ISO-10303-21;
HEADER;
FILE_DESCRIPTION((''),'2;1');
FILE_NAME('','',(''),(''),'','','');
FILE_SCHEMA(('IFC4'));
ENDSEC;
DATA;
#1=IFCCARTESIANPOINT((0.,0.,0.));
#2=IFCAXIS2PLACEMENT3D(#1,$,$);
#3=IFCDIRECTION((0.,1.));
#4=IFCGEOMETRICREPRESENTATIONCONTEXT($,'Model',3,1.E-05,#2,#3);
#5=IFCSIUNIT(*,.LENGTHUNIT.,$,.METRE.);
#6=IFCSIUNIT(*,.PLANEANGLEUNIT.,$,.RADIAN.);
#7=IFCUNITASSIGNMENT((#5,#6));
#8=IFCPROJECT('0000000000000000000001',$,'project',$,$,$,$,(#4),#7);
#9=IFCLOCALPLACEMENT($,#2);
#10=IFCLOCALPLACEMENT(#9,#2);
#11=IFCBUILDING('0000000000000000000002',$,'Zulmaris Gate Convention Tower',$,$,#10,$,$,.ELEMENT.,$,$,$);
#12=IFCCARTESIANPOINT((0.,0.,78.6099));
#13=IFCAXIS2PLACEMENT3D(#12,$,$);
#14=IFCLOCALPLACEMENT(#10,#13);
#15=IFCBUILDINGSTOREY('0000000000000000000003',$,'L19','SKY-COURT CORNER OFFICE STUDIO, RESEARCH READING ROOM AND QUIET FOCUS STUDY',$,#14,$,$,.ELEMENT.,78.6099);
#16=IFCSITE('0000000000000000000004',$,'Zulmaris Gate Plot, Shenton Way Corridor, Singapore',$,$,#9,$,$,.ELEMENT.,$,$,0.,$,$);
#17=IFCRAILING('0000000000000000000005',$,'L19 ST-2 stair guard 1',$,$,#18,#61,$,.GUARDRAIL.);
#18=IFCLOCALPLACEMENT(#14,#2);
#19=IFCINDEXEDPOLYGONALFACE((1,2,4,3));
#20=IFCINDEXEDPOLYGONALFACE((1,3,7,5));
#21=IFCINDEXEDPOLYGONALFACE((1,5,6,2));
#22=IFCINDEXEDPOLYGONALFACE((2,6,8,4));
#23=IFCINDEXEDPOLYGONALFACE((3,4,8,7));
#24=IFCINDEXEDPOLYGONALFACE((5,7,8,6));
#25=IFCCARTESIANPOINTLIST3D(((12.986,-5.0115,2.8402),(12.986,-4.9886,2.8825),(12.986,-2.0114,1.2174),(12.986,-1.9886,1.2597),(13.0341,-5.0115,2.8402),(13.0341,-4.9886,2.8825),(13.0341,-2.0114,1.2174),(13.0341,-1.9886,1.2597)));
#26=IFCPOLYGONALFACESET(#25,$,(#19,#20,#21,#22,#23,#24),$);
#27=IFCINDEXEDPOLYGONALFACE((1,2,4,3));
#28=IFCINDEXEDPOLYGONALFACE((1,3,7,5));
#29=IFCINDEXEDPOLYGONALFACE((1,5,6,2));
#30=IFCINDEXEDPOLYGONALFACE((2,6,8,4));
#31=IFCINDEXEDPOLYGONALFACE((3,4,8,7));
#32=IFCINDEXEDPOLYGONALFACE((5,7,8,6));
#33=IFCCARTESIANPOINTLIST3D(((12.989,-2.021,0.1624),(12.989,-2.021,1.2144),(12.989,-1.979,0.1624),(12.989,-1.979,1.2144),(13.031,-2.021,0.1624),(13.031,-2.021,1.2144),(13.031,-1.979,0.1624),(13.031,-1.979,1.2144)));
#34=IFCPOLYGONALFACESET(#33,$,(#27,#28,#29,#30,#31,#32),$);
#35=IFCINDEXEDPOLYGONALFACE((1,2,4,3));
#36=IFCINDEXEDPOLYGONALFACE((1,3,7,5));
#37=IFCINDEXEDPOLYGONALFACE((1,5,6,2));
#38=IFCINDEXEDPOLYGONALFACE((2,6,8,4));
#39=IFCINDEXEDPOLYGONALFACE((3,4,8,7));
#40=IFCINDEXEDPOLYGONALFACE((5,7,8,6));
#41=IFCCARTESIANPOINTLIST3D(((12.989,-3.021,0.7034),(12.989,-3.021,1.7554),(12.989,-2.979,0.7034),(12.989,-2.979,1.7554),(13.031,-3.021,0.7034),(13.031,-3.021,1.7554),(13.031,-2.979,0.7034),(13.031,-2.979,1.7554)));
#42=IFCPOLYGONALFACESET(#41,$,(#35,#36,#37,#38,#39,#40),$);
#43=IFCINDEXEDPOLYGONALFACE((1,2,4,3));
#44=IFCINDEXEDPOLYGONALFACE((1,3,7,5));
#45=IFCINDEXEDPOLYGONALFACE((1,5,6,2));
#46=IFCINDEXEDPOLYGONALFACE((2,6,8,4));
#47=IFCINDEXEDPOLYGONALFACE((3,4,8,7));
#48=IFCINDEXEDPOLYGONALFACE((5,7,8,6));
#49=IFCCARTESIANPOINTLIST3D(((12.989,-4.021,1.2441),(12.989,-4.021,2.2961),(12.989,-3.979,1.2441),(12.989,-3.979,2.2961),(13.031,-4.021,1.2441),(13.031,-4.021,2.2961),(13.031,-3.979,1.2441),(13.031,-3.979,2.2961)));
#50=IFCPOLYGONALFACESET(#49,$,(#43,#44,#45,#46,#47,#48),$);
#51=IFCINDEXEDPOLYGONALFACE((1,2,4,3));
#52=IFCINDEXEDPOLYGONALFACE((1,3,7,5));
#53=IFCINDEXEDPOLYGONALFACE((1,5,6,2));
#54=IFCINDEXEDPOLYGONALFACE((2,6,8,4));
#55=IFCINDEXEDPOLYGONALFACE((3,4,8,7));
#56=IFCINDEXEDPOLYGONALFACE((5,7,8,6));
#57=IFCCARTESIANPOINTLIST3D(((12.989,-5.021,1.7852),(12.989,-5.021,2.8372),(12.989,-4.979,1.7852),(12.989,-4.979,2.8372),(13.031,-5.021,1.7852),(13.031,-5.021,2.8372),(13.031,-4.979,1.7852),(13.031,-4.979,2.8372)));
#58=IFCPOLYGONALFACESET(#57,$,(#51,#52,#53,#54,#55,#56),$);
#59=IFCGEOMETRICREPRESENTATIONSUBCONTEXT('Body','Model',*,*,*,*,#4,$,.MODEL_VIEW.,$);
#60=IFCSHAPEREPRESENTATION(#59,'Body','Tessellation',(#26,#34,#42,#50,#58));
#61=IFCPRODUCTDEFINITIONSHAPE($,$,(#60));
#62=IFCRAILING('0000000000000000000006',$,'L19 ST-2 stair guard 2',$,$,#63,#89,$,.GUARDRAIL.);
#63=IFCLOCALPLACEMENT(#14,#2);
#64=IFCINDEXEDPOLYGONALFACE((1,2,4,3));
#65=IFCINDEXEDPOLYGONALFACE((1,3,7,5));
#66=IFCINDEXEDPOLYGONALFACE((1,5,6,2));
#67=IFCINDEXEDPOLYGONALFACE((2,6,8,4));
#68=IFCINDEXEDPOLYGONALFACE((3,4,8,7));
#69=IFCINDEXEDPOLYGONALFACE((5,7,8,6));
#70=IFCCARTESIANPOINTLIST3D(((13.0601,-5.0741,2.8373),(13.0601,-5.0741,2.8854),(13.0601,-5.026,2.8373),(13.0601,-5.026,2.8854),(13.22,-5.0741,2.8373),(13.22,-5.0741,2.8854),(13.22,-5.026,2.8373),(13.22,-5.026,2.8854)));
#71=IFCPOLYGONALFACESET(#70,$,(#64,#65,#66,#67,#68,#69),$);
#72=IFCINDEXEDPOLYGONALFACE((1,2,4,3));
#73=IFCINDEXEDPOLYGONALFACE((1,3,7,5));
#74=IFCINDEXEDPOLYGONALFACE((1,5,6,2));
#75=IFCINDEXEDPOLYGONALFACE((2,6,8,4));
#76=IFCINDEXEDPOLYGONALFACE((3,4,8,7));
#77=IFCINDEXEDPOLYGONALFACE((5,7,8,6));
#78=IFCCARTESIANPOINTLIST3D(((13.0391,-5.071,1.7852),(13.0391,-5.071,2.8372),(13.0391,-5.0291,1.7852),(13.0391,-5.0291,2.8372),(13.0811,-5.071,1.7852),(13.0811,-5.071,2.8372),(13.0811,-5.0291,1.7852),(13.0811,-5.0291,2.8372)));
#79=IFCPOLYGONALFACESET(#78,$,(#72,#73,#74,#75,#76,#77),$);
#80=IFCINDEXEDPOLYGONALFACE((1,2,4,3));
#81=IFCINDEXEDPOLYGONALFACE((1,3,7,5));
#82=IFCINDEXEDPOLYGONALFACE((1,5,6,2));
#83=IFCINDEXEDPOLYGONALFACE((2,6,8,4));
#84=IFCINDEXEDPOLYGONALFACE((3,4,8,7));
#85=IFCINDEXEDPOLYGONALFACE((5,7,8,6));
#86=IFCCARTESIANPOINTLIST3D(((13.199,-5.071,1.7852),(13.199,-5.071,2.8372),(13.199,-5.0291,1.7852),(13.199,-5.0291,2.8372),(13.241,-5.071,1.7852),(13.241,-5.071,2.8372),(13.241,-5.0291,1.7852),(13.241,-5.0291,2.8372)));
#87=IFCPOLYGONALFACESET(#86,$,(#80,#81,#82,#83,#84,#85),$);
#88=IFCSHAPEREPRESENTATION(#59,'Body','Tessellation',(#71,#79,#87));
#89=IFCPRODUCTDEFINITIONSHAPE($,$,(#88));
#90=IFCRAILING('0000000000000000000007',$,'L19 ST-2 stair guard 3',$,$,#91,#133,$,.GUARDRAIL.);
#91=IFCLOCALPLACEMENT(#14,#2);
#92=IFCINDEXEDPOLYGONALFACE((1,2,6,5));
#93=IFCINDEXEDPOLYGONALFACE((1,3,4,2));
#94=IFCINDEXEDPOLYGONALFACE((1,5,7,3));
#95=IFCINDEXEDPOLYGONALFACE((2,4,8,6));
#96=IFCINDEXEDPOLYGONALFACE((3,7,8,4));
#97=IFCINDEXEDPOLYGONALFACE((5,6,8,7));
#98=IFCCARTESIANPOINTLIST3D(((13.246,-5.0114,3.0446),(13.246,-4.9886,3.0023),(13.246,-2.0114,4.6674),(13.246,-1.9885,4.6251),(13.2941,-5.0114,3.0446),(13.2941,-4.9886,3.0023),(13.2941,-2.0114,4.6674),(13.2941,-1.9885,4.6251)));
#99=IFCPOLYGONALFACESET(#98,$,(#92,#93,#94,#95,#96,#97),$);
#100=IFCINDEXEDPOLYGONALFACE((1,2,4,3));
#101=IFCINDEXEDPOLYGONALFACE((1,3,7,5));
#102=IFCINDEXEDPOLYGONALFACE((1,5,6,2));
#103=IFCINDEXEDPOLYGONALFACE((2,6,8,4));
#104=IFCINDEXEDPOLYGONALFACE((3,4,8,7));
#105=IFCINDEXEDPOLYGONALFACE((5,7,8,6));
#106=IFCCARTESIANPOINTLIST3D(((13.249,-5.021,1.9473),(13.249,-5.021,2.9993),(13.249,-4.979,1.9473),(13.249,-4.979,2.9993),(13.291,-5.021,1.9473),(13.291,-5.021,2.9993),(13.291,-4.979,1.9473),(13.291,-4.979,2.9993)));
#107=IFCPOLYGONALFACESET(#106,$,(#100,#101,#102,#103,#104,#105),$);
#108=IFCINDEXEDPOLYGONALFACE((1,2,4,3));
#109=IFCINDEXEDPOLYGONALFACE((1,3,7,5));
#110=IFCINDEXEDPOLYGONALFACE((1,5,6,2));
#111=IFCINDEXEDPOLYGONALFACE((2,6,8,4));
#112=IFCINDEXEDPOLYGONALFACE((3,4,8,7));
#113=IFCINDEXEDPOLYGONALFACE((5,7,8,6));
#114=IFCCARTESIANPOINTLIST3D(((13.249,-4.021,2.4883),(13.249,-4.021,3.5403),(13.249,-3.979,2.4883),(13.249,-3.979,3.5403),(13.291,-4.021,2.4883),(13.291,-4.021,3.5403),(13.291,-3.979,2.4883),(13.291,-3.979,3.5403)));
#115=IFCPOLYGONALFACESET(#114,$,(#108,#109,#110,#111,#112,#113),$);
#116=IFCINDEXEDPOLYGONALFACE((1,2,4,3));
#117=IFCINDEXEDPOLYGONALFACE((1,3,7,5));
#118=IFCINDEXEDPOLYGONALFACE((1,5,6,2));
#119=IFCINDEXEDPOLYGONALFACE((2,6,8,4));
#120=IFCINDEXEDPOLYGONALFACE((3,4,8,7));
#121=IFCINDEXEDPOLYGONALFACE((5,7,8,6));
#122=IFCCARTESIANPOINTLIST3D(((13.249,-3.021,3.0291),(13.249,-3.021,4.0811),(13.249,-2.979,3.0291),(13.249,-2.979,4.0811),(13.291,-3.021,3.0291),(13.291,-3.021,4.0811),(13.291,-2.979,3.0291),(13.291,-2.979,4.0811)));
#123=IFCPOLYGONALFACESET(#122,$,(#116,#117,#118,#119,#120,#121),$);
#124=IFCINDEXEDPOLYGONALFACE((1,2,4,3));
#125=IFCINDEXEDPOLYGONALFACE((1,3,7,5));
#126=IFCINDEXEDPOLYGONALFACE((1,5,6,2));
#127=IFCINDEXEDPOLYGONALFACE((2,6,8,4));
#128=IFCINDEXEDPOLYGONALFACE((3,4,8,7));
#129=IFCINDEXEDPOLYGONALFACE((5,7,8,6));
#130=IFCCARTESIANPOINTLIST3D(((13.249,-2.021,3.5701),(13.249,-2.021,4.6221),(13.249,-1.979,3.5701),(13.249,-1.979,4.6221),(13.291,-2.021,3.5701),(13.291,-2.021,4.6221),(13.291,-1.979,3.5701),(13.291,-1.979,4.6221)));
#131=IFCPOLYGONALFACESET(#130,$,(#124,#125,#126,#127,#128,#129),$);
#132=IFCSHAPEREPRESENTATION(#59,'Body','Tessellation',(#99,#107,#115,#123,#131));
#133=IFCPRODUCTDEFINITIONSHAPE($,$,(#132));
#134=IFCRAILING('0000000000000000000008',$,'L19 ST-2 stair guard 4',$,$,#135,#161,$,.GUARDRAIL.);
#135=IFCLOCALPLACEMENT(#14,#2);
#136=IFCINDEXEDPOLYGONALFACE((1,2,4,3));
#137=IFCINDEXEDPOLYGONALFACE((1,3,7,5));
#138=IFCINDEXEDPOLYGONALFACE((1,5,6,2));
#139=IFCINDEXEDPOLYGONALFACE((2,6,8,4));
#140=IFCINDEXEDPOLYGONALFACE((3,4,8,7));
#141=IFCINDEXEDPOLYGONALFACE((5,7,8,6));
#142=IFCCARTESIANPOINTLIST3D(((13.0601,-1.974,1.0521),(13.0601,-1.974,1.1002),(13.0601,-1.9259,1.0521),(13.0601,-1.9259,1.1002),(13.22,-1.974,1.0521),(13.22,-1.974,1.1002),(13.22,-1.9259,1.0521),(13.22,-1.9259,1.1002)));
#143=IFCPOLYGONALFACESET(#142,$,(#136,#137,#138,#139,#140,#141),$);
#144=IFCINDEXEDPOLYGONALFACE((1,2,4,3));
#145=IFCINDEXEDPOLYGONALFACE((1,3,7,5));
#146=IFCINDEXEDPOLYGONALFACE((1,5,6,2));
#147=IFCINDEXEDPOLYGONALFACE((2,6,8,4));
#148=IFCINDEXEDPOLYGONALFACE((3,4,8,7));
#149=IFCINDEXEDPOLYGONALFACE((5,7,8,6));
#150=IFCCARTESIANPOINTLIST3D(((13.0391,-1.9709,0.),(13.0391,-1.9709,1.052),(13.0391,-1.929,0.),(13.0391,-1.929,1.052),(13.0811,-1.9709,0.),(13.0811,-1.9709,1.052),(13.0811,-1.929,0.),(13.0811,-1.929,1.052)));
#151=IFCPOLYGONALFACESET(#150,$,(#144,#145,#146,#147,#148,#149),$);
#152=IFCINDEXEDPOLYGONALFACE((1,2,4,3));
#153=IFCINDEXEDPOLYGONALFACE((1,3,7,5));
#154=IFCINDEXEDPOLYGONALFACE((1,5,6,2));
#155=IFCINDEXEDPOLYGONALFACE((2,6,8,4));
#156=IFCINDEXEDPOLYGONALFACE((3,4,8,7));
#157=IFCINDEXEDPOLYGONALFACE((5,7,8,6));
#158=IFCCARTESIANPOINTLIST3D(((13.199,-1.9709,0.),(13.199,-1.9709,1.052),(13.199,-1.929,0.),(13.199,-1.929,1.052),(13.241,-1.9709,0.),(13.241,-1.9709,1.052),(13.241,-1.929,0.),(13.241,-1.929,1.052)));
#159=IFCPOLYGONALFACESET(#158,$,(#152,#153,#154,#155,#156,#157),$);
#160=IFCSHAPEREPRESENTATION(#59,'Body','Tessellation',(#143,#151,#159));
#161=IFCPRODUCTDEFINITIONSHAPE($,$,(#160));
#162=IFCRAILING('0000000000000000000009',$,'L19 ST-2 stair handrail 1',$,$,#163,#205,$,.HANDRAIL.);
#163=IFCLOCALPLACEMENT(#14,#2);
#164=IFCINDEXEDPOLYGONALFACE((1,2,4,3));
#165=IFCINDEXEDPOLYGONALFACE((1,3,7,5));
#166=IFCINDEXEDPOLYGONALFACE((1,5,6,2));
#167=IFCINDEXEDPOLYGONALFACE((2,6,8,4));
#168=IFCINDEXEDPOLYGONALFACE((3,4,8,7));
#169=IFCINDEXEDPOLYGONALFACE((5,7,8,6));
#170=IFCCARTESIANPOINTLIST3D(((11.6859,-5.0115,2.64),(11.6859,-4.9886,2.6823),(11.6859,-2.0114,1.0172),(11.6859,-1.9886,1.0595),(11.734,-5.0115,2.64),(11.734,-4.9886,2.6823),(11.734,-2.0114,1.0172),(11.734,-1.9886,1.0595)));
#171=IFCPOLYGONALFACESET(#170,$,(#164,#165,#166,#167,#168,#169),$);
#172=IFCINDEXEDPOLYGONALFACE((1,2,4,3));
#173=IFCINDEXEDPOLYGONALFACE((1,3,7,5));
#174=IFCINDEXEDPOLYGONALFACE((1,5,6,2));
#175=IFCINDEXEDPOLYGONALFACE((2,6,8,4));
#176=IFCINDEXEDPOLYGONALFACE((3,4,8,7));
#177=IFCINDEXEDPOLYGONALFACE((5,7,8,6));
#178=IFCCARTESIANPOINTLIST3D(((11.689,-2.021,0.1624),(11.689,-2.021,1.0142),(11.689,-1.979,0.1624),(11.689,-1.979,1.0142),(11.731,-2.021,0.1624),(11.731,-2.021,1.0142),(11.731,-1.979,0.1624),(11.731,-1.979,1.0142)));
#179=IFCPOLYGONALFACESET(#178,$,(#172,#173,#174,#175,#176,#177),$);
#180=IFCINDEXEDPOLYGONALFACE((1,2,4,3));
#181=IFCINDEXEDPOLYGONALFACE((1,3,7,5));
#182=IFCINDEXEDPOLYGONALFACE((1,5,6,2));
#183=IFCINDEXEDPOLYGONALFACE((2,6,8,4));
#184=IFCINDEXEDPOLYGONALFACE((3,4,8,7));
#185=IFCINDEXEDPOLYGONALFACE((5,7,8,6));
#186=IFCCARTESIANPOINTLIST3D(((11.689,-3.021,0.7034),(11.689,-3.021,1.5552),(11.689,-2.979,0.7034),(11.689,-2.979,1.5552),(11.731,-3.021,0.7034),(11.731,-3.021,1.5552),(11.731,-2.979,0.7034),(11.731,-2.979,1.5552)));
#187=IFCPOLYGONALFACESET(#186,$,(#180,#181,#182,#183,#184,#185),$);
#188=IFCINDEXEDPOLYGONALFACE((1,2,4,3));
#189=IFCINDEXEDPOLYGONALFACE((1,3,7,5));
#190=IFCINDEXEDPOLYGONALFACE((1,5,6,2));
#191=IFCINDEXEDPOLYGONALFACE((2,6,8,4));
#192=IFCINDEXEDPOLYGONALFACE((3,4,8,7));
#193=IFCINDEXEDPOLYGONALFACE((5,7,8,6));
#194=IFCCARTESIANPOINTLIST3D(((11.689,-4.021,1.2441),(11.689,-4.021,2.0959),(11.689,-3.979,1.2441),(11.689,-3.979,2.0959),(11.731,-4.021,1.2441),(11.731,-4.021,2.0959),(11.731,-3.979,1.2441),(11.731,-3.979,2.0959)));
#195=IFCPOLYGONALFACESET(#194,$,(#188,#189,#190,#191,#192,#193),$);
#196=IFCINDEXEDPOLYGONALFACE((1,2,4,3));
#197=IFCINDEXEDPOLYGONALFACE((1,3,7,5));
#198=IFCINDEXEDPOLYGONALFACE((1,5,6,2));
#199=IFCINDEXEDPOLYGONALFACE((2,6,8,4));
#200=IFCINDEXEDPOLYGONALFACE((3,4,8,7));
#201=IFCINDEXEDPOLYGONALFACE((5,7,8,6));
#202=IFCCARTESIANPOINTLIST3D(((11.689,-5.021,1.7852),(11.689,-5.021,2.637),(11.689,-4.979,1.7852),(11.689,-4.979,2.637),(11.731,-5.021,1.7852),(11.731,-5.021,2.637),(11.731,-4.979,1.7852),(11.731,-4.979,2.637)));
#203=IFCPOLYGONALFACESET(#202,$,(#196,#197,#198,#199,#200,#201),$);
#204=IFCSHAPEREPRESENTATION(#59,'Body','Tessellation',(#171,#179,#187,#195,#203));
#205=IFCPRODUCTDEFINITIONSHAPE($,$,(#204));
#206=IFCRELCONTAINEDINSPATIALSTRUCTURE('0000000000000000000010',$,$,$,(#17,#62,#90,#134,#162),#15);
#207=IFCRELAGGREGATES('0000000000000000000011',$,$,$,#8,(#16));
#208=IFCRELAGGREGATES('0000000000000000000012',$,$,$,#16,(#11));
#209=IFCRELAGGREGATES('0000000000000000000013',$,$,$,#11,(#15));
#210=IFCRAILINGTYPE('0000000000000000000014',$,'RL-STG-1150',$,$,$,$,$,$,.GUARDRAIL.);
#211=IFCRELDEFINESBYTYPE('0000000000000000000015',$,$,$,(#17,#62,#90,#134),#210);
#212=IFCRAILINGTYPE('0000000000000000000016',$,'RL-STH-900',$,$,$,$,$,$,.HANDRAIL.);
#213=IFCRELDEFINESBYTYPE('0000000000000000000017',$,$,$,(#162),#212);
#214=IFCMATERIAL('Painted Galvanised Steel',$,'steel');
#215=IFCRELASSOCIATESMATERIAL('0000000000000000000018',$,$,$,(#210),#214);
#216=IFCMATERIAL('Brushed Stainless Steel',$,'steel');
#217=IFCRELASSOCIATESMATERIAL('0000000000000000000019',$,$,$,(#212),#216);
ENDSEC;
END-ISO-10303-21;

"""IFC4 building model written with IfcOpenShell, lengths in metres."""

from ifc_helpers import new_model, si_unit, direction, frame, origin, origin_2d, place, context, subcontext, project, spatial, rectangle, extrude, material, type_object, element, save


model = new_model("IFC4")

# Units and contexts
model_context = context("Model", 3, precision=1e-05, world=origin(), true_north=direction((0.0, 1.0)))
body_context = subcontext(model_context, "Body", "Model", "MODEL_VIEW")
ifc_project = project(units=[si_unit("LENGTHUNIT", "METRE"), si_unit("PLANEANGLEUNIT", "RADIAN")], contexts=[model_context])

# Site, building, storey
site_placement = place(None, origin())
site = spatial("IfcSite", under=ifc_project, at=site_placement, Name="Zulmaris Gate Plot, Shenton Way Corridor, Singapore", CompositionType="ELEMENT", RefElevation=0.0)
building_placement = place(site_placement, origin())
building = spatial("IfcBuilding", under=site, at=building_placement, Name="Zulmaris Gate Convention Tower", CompositionType="ELEMENT")
storey_placement = place(building_placement, frame((0.0, 0.0, 78.6099)))
storey = spatial("IfcBuildingStorey", under=building, at=storey_placement, Name="L19", Description="SKY-COURT CORNER OFFICE STUDIO, RESEARCH READING ROOM AND QUIET FOCUS STUDY", CompositionType="ELEMENT", Elevation=78.6099)

# Railings
ifc_material_1 = material(Name="Painted Galvanised Steel", Category="steel")
railing_type_1 = type_object("IfcRailingType", Name="RL-STG-1150", PredefinedType="GUARDRAIL", material=ifc_material_1)
railing_1_placement = place(storey_placement, frame((13.01, -2.0, 0.1624)))
element("IfcRailing", 1, at=railing_1_placement, inside=storey, type_object=railing_type_1, Name="L19 ST-2 stair guard 1", PredefinedType="GUARDRAIL", context=body_context, shape_type="SweptSolid", body=[
    extrude(rectangle(XDim=0.0481, YDim=0.0481, at=origin_2d()), frame((0.0, 0.0, 1.0762), z_axis=(0.0, -0.879562, 0.475785), x_axis=(1.0, 0.0, 0.0)), (0.0, 0.0, 1.0), 3.4109),
    extrude(rectangle(XDim=0.042, YDim=0.042, at=origin_2d()), origin(), (0.0, 0.0, 1.0), 1.052),
    extrude(rectangle(XDim=0.042, YDim=0.042, at=origin_2d()), frame((0.0, -1.0, 0.541)), (0.0, 0.0, 1.0), 1.052),
    extrude(rectangle(XDim=0.042, YDim=0.042, at=origin_2d()), frame((0.0, -2.0, 1.0818)), (0.0, 0.0, 1.0), 1.052),
    extrude(rectangle(XDim=0.042, YDim=0.042, at=origin_2d()), frame((0.0, -3.0, 1.6228)), (0.0, 0.0, 1.0), 1.052),
])
railing_2_placement = place(storey_placement, frame((13.0601, -5.05, 1.7852)))
element("IfcRailing", 2, at=railing_2_placement, inside=storey, type_object=railing_type_1, Name="L19 ST-2 stair guard 2", PredefinedType="GUARDRAIL", context=body_context, shape_type="SweptSolid", body=[
    extrude(rectangle(XDim=0.0481, YDim=0.0481, at=origin_2d()), frame((0.0, 0.0, 1.0762), z_axis=(1.0, 0.0, 0.0), x_axis=(0.0, 1.0, 0.0)), (0.0, 0.0, 1.0), 0.1599),
    extrude(rectangle(XDim=0.042, YDim=0.042, at=origin_2d()), origin(), (0.0, 0.0, 1.0), 1.052),
    extrude(rectangle(XDim=0.042, YDim=0.042, at=origin_2d()), frame((0.1599, 0.0, 0.0)), (0.0, 0.0, 1.0), 1.052),
])
railing_3_placement = place(storey_placement, frame((13.27, -5.0, 1.9473)))
element("IfcRailing", 3, at=railing_3_placement, inside=storey, type_object=railing_type_1, Name="L19 ST-2 stair guard 3", PredefinedType="GUARDRAIL", context=body_context, shape_type="SweptSolid", body=[
    extrude(rectangle(XDim=0.0481, YDim=0.0481, at=origin_2d()), frame((0.0, 0.0, 1.0762), z_axis=(0.0, 0.879562, 0.475785), x_axis=(-1.0, 0.0, 0.0)), (0.0, 0.0, 1.0), 3.4109),
    extrude(rectangle(XDim=0.042, YDim=0.042, at=origin_2d()), origin(), (0.0, 0.0, 1.0), 1.052),
    extrude(rectangle(XDim=0.042, YDim=0.042, at=origin_2d()), frame((0.0, 1.0, 0.541)), (0.0, 0.0, 1.0), 1.052),
    extrude(rectangle(XDim=0.042, YDim=0.042, at=origin_2d()), frame((0.0, 2.0, 1.0818)), (0.0, 0.0, 1.0), 1.052),
    extrude(rectangle(XDim=0.042, YDim=0.042, at=origin_2d()), frame((0.0, 3.0, 1.6228)), (0.0, 0.0, 1.0), 1.052),
])
railing_4_placement = place(storey_placement, frame((13.0601, -1.95, 0.0)))
element("IfcRailing", 4, at=railing_4_placement, inside=storey, type_object=railing_type_1, Name="L19 ST-2 stair guard 4", PredefinedType="GUARDRAIL", context=body_context, shape_type="SweptSolid", body=[
    extrude(rectangle(XDim=0.0481, YDim=0.0481, at=origin_2d()), frame((0.0, 0.0, 1.0762), z_axis=(1.0, 0.0, 0.0), x_axis=(0.0, 1.0, 0.0)), (0.0, 0.0, 1.0), 0.1599),
    extrude(rectangle(XDim=0.042, YDim=0.042, at=origin_2d()), origin(), (0.0, 0.0, 1.0), 1.052),
    extrude(rectangle(XDim=0.042, YDim=0.042, at=origin_2d()), frame((0.1599, 0.0, 0.0)), (0.0, 0.0, 1.0), 1.052),
])
ifc_material_2 = material(Name="Brushed Stainless Steel", Category="steel")
railing_type_2 = type_object("IfcRailingType", Name="RL-STH-900", PredefinedType="HANDRAIL", material=ifc_material_2)
railing_5_placement = place(storey_placement, frame((11.71, -2.0, 0.1624)))
element("IfcRailing", 5, at=railing_5_placement, inside=storey, type_object=railing_type_2, Name="L19 ST-2 stair handrail 1", PredefinedType="HANDRAIL", context=body_context, shape_type="SweptSolid", body=[
    extrude(rectangle(XDim=0.0481, YDim=0.0481, at=origin_2d()), frame((0.0, 0.0, 0.876), z_axis=(0.0, -0.879562, 0.475785), x_axis=(1.0, 0.0, 0.0)), (0.0, 0.0, 1.0), 3.4109),
    extrude(rectangle(XDim=0.042, YDim=0.042, at=origin_2d()), origin(), (0.0, 0.0, 1.0), 0.8518),
    extrude(rectangle(XDim=0.042, YDim=0.042, at=origin_2d()), frame((0.0, -1.0, 0.541)), (0.0, 0.0, 1.0), 0.8518),
    extrude(rectangle(XDim=0.042, YDim=0.042, at=origin_2d()), frame((0.0, -2.0, 1.0818)), (0.0, 0.0, 1.0), 0.8518),
    extrude(rectangle(XDim=0.042, YDim=0.042, at=origin_2d()), frame((0.0, -3.0, 1.6228)), (0.0, 0.0, 1.0), 0.8518),
])

save(model, "model.ifc")
